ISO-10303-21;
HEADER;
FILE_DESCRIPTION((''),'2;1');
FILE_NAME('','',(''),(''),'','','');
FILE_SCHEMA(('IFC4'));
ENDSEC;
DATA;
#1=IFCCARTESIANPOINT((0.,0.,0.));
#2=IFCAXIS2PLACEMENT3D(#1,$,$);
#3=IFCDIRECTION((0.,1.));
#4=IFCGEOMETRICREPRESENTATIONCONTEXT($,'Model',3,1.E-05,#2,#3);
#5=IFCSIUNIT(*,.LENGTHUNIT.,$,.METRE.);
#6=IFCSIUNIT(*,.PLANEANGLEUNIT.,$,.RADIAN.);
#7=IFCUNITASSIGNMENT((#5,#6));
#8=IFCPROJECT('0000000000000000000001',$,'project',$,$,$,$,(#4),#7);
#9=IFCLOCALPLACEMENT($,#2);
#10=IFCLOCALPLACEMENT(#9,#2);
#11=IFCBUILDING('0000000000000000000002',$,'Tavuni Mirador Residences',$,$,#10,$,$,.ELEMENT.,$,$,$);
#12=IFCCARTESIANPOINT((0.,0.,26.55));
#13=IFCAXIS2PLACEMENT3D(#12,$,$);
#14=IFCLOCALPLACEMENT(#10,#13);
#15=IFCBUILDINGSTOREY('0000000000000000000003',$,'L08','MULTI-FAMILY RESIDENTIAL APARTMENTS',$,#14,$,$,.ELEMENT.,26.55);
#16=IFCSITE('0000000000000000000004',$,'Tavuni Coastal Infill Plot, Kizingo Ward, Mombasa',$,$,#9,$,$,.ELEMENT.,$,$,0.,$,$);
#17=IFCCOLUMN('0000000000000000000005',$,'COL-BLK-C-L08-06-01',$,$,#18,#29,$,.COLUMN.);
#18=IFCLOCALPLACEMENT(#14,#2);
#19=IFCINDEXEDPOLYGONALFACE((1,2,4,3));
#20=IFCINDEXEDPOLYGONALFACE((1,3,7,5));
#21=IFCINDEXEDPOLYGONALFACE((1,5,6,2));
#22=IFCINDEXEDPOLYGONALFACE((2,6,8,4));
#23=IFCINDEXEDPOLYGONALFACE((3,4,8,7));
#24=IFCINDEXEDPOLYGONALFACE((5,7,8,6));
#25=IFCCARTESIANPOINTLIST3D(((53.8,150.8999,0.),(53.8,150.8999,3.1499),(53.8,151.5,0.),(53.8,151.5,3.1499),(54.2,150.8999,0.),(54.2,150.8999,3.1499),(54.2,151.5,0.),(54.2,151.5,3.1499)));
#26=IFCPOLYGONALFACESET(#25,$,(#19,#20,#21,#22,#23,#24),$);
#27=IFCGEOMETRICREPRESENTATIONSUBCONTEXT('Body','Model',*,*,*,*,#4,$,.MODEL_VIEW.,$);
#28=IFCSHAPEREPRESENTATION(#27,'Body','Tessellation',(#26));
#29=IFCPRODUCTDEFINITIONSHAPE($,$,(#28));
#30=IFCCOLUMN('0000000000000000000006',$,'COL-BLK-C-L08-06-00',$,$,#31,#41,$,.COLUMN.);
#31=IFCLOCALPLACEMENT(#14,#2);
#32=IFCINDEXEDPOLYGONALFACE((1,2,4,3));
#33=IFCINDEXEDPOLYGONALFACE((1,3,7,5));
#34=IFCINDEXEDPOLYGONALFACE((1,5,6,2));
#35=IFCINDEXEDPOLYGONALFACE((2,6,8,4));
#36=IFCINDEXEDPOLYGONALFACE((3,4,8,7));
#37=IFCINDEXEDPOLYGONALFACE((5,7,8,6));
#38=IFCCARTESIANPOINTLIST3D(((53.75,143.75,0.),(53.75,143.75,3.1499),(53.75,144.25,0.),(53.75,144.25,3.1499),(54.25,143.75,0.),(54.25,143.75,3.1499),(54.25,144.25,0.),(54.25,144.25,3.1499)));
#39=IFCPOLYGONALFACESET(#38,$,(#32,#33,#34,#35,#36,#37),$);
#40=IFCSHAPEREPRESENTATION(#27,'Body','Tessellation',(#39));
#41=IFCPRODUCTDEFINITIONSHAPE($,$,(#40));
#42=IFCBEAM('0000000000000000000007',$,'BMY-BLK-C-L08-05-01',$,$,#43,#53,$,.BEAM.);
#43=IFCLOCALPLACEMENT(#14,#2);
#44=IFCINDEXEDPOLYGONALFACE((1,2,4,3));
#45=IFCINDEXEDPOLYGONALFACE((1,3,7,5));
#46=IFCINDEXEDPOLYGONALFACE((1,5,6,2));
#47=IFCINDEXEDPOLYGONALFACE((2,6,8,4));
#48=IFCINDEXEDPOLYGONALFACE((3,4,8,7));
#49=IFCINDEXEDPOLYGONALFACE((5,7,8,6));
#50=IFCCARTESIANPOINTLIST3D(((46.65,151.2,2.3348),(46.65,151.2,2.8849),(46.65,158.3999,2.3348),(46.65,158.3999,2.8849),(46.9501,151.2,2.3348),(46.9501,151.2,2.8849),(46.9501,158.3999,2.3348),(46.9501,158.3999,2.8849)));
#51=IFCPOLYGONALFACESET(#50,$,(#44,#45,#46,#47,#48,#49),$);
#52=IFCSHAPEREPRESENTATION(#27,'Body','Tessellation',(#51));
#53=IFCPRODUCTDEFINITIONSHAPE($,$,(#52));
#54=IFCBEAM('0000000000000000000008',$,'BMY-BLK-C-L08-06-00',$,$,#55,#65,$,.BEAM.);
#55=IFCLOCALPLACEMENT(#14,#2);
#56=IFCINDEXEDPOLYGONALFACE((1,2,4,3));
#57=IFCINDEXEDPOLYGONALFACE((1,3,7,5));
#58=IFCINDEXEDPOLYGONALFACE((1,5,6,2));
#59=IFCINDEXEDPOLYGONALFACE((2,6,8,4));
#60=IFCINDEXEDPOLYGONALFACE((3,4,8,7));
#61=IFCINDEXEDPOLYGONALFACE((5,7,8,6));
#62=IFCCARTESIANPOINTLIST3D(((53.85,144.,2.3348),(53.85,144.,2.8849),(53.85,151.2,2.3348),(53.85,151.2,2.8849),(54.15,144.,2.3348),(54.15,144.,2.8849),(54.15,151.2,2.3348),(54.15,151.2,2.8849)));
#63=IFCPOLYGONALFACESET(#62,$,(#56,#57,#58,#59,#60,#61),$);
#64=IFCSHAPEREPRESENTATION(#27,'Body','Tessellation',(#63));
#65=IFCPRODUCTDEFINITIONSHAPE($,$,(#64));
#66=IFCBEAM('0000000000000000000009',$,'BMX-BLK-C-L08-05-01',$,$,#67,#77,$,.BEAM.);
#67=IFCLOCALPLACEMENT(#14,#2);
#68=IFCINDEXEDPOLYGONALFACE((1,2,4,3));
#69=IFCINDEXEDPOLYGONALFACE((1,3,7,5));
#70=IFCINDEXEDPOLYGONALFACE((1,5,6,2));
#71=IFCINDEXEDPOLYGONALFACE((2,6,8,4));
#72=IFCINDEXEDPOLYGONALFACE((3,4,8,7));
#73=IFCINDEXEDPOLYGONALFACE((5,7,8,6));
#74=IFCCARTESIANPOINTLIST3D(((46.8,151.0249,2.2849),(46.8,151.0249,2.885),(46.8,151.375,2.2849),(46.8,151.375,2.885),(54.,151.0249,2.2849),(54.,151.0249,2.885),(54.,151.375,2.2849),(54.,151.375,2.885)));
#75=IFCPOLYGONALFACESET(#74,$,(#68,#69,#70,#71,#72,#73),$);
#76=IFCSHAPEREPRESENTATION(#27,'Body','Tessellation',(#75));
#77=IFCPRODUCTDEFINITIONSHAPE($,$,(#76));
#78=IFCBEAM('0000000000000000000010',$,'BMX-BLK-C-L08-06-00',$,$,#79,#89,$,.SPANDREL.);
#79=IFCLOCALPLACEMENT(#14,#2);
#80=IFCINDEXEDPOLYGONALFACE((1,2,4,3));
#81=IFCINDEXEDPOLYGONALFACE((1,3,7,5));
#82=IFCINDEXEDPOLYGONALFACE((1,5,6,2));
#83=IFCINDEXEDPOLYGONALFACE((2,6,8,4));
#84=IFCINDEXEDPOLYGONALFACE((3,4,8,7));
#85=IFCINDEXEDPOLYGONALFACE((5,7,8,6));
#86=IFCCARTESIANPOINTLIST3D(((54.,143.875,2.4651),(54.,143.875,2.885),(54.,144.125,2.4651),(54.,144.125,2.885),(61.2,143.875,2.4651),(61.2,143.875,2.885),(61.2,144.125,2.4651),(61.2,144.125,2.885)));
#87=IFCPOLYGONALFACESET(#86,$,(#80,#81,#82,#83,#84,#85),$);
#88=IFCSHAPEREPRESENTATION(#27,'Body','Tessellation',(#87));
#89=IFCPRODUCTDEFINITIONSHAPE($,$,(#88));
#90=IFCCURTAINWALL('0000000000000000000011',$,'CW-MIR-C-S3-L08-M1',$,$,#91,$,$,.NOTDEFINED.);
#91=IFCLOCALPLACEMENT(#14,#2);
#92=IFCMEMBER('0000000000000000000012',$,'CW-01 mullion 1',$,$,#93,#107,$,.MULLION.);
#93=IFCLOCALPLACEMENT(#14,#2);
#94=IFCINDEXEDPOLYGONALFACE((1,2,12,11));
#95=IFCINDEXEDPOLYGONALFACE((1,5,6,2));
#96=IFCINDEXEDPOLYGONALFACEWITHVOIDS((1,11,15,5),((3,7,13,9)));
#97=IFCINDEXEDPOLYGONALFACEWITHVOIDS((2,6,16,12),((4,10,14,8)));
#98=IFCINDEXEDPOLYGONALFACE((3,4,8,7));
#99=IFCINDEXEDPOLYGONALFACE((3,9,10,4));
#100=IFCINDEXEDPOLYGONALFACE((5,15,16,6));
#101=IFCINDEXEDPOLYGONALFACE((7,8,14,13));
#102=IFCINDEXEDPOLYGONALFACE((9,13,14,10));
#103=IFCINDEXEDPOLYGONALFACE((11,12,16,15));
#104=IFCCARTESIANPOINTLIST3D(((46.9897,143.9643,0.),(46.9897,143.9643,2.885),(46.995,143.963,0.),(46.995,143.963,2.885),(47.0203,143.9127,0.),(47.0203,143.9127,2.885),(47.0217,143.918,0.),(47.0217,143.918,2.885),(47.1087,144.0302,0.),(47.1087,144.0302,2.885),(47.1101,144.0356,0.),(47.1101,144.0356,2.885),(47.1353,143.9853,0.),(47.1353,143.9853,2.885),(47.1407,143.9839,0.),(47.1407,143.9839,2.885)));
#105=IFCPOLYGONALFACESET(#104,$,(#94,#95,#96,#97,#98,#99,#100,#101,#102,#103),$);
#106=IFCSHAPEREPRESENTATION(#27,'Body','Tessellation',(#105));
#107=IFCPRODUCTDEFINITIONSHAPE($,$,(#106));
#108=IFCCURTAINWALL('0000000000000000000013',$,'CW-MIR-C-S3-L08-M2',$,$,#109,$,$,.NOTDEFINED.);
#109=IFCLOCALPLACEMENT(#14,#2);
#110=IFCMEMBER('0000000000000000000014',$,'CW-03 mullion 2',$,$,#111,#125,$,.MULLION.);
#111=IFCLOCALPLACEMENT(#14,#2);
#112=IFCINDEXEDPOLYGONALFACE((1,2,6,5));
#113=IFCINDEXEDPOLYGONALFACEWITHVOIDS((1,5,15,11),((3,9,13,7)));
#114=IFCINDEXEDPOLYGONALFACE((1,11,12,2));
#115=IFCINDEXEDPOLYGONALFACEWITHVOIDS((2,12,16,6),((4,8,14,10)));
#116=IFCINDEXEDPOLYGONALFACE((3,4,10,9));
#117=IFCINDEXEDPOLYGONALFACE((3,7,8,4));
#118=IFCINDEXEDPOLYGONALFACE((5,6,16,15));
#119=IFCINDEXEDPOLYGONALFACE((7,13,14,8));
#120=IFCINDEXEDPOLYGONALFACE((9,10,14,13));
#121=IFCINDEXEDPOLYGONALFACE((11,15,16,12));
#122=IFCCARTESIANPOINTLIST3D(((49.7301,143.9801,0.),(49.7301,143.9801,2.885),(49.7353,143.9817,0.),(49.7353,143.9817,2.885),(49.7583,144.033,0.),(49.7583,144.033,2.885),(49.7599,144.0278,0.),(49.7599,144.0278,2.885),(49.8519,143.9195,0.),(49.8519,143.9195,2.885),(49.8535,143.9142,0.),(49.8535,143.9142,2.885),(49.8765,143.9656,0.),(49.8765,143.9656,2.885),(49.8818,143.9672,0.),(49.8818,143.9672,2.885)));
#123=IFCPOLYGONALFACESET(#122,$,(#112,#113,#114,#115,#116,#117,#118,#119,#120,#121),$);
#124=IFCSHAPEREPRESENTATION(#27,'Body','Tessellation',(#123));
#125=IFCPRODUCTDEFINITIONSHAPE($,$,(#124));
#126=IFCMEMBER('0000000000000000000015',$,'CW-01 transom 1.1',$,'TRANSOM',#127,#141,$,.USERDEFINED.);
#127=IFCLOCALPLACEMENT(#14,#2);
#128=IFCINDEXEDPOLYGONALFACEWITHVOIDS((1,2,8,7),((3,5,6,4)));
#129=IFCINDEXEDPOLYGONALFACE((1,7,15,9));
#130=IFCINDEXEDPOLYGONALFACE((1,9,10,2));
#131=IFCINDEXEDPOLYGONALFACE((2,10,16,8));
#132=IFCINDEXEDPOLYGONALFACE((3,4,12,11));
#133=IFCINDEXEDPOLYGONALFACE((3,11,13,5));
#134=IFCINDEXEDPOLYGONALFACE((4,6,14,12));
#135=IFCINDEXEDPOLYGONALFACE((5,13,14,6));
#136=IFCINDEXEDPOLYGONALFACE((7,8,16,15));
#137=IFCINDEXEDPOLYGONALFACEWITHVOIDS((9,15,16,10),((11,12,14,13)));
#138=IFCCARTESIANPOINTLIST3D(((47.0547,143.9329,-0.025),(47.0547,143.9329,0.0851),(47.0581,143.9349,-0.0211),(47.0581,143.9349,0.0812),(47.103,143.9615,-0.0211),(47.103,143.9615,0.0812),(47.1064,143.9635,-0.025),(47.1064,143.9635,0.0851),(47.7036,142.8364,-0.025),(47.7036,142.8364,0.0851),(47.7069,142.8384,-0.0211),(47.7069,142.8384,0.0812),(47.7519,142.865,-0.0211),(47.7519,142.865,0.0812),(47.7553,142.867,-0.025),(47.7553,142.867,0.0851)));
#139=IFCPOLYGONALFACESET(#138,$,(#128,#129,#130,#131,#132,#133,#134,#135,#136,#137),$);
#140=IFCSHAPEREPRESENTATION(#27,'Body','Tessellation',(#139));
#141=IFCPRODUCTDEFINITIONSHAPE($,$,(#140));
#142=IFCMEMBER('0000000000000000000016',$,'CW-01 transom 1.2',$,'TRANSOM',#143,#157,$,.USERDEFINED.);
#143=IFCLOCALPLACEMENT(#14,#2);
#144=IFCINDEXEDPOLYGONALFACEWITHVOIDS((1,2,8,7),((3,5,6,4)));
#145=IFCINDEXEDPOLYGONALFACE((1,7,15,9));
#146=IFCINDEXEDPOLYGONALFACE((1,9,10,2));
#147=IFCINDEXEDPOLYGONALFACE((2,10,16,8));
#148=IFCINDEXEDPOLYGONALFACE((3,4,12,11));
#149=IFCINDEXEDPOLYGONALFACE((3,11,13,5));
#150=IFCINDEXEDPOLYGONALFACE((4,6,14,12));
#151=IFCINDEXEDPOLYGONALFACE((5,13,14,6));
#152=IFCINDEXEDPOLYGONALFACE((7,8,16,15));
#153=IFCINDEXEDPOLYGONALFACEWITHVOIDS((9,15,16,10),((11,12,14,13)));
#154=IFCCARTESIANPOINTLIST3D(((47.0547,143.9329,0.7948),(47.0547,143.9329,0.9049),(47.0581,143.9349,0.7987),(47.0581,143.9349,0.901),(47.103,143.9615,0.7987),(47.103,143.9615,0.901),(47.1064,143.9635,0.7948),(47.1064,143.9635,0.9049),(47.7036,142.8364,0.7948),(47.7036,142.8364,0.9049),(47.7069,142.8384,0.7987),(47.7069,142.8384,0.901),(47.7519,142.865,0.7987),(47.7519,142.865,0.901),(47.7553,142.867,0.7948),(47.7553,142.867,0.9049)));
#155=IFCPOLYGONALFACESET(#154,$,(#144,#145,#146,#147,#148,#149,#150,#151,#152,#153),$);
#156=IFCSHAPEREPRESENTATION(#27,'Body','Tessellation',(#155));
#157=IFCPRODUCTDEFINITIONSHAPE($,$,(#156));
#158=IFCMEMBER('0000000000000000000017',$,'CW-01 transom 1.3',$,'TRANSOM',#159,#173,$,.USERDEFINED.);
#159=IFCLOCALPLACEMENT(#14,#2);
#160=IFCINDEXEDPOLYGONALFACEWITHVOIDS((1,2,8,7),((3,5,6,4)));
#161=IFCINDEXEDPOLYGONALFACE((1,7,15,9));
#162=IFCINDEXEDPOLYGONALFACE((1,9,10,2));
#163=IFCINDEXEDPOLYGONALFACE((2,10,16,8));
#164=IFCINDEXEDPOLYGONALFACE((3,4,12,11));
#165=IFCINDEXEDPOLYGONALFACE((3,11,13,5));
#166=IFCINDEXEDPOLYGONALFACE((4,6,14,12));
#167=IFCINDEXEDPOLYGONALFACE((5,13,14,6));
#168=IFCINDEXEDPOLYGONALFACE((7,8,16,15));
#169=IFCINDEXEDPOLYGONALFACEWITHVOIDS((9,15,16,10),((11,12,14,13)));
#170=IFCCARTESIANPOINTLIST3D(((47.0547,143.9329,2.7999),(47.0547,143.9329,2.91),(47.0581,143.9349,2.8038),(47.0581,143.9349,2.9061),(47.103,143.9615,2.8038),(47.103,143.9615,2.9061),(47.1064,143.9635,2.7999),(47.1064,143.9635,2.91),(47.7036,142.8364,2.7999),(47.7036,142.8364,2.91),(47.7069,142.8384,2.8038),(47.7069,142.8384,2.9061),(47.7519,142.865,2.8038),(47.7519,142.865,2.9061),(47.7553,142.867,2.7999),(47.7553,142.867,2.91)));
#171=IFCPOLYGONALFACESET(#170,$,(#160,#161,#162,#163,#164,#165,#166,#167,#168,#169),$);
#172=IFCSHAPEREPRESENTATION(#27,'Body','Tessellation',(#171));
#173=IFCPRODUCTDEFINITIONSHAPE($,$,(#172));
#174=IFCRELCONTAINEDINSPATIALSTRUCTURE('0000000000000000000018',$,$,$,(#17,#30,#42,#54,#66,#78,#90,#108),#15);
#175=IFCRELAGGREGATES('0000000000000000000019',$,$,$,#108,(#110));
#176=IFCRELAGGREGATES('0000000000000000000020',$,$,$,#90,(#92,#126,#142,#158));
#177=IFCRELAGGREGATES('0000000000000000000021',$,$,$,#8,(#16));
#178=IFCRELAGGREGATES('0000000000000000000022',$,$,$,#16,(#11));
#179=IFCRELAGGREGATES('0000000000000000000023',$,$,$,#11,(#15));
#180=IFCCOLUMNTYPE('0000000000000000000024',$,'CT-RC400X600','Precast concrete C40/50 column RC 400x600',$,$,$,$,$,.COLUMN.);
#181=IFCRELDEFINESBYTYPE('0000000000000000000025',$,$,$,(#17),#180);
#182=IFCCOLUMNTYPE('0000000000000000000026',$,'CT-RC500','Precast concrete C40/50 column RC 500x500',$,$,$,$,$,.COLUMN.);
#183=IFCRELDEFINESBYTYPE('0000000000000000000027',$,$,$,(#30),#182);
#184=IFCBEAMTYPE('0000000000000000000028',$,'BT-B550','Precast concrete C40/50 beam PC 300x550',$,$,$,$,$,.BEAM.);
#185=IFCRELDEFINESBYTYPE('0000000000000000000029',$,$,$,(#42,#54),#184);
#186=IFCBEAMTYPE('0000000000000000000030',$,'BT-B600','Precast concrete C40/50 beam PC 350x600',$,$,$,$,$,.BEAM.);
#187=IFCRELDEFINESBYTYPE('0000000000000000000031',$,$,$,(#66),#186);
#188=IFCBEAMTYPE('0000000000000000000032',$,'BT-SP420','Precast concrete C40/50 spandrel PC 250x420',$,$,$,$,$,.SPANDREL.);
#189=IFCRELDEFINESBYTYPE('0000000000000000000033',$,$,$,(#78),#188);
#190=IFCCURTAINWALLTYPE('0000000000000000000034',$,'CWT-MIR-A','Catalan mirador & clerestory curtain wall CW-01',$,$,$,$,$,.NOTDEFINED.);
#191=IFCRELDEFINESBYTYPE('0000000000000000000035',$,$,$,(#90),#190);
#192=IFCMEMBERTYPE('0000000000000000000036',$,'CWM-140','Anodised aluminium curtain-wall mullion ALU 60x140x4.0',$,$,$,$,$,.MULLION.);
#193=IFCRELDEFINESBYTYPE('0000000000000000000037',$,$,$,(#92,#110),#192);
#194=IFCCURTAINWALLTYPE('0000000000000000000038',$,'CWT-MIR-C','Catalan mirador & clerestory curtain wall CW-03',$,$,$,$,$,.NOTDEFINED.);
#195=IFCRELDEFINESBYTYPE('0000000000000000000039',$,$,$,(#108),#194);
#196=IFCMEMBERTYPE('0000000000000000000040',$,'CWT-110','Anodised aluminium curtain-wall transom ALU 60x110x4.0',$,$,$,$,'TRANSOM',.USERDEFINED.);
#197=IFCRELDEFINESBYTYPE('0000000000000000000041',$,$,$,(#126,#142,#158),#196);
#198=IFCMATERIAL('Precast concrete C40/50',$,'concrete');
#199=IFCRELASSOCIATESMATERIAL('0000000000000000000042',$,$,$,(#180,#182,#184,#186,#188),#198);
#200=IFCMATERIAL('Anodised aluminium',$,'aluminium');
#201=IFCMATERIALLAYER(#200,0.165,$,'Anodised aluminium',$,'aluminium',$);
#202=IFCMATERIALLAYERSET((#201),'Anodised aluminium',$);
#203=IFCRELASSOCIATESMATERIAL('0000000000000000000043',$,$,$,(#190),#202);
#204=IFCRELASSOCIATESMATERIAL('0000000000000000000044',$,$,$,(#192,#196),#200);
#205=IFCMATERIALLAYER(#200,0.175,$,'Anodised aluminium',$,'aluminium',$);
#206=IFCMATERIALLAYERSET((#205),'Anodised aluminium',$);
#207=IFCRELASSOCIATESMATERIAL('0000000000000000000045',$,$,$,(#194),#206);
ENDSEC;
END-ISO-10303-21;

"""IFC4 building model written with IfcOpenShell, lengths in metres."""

from ifc_helpers import new_model, si_unit, direction, frame, origin, origin_2d, place, context, subcontext, project, spatial, rectangle, hollow_rectangle, extrude, material, layer, layer_set, material_profile, profile_set, type_object, element, aggregate, save


model = new_model("IFC4")

# Units and contexts
model_context = context("Model", 3, precision=1e-05, world=origin(), true_north=direction((0.0, 1.0)))
body_context = subcontext(model_context, "Body", "Model", "MODEL_VIEW")
ifc_project = project(units=[si_unit("LENGTHUNIT", "METRE"), si_unit("PLANEANGLEUNIT", "RADIAN")], contexts=[model_context])

# Site, building, storey
site_placement = place(None, origin())
site = spatial("IfcSite", under=ifc_project, at=site_placement, Name="Tavuni Coastal Infill Plot, Kizingo Ward, Mombasa", CompositionType="ELEMENT", RefElevation=0.0)
building_placement = place(site_placement, origin())
building = spatial("IfcBuilding", under=site, at=building_placement, Name="Tavuni Mirador Residences", CompositionType="ELEMENT")
storey_placement = place(building_placement, frame((0.0, 0.0, 26.55)))
storey = spatial("IfcBuildingStorey", under=building, at=storey_placement, Name="L08", Description="MULTI-FAMILY RESIDENTIAL APARTMENTS", CompositionType="ELEMENT", Elevation=26.55)

# Columns
ifc_material_1 = material(Name="Precast concrete C40/50", Category="concrete")
ifc_material_profile_1 = material_profile(ifc_material_1, rectangle(XDim=0.3999, YDim=0.6001, at=origin_2d()), Name="RC 400x600", Category="concrete")
ifc_profile_set_1 = profile_set([ifc_material_profile_1], Name="Precast concrete C40/50")
column_type_1 = type_object("IfcColumnType", Name="CT-RC400X600", Description="Precast concrete C40/50 column RC 400x600", PredefinedType="COLUMN", material=ifc_profile_set_1)
column_1_placement = place(storey_placement, frame((54.0, 151.2, 0.0), z_axis=(0.0, 0.0, 1.0), x_axis=(1.0, 0.0, 0.0)))
element("IfcColumn", 1, at=column_1_placement, inside=storey, type_object=column_type_1, Name="COL-BLK-C-L08-06-01", PredefinedType="COLUMN", context=body_context, shape_type="SweptSolid", body=[
    extrude(rectangle(XDim=0.3999, YDim=0.6001, at=origin_2d()), origin(), (0.0, 0.0, 1.0), 3.1499),
])
ifc_material_profile_2 = material_profile(ifc_material_1, rectangle(XDim=0.5, YDim=0.5, at=origin_2d()), Name="RC 500x500", Category="concrete")
ifc_profile_set_2 = profile_set([ifc_material_profile_2], Name="Precast concrete C40/50")
column_type_2 = type_object("IfcColumnType", Name="CT-RC500", Description="Precast concrete C40/50 column RC 500x500", PredefinedType="COLUMN", material=ifc_profile_set_2)
column_2_placement = place(storey_placement, frame((54.0, 144.0, 0.0), z_axis=(0.0, 0.0, 1.0), x_axis=(1.0, 0.0, 0.0)))
element("IfcColumn", 2, at=column_2_placement, inside=storey, type_object=column_type_2, Name="COL-BLK-C-L08-06-00", PredefinedType="COLUMN", context=body_context, shape_type="SweptSolid", body=[
    extrude(rectangle(XDim=0.5, YDim=0.5, at=origin_2d()), origin(), (0.0, 0.0, 1.0), 3.1499),
])

# Beams
ifc_material_profile_3 = material_profile(ifc_material_1, rectangle(XDim=0.3, YDim=0.55, at=origin_2d()), Name="PC 300x550", Category="concrete")
ifc_profile_set_3 = profile_set([ifc_material_profile_3], Name="Precast concrete C40/50")
beam_type_1 = type_object("IfcBeamType", Name="BT-B550", Description="Precast concrete C40/50 beam PC 300x550", PredefinedType="BEAM", material=ifc_profile_set_3)
for number, where, z_axis, x_axis, name in (
    (3, (46.8, 151.2, 2.6099), (0.0, 1.0, 0.0), (-1.0, 0.0, 0.0), "BMY-BLK-C-L08-05-01"),
    (4, (54.0, 144.0, 2.6099), (0.0, 1.0, 0.0), (-1.0, 0.0, 0.0), "BMY-BLK-C-L08-06-00"),
):
    element("IfcBeam", number, at=place(storey_placement, frame(where, z_axis=z_axis, x_axis=x_axis)), inside=storey, type_object=beam_type_1, Name=name, PredefinedType="BEAM", context=body_context, shape_type="SweptSolid", body=[
        extrude(rectangle(XDim=0.3, YDim=0.55, at=origin_2d()), origin(), (0.0, 0.0, 1.0), 7.2),
    ])
ifc_material_profile_4 = material_profile(ifc_material_1, rectangle(XDim=0.3501, YDim=0.6001, at=origin_2d()), Name="PC 350x600", Category="concrete")
ifc_profile_set_4 = profile_set([ifc_material_profile_4], Name="Precast concrete C40/50")
beam_type_2 = type_object("IfcBeamType", Name="BT-B600", Description="Precast concrete C40/50 beam PC 350x600", PredefinedType="BEAM", material=ifc_profile_set_4)
beam_1_placement = place(storey_placement, frame((46.8, 151.2, 2.585), z_axis=(1.0, 0.0, 0.0), x_axis=(0.0, 1.0, 0.0)))
element("IfcBeam", 5, at=beam_1_placement, inside=storey, type_object=beam_type_2, Name="BMX-BLK-C-L08-05-01", PredefinedType="BEAM", context=body_context, shape_type="SweptSolid", body=[
    extrude(rectangle(XDim=0.3501, YDim=0.6001, at=origin_2d()), origin(), (0.0, 0.0, 1.0), 7.2),
])
ifc_material_profile_5 = material_profile(ifc_material_1, rectangle(XDim=0.25, YDim=0.4199, at=origin_2d()), Name="PC 250x420", Category="concrete")
ifc_profile_set_5 = profile_set([ifc_material_profile_5], Name="Precast concrete C40/50")
beam_type_3 = type_object("IfcBeamType", Name="BT-SP420", Description="Precast concrete C40/50 spandrel PC 250x420", PredefinedType="SPANDREL", material=ifc_profile_set_5)
beam_2_placement = place(storey_placement, frame((54.0, 144.0, 2.675), z_axis=(1.0, 0.0, 0.0), x_axis=(0.0, 1.0, 0.0)))
element("IfcBeam", 6, at=beam_2_placement, inside=storey, type_object=beam_type_3, Name="BMX-BLK-C-L08-06-00", PredefinedType="SPANDREL", context=body_context, shape_type="SweptSolid", body=[
    extrude(rectangle(XDim=0.25, YDim=0.4199, at=origin_2d()), origin(), (0.0, 0.0, 1.0), 7.2),
])

# Curtain walls, members
ifc_material_2 = material(Name="Anodised aluminium", Category="aluminium")
ifc_layer_1 = layer(ifc_material_2, 0.165, Name="Anodised aluminium", Category="aluminium")
ifc_layer_set_1 = layer_set([ifc_layer_1], Name="Anodised aluminium")
curtain_wall_type_1 = type_object("IfcCurtainWallType", Name="CWT-MIR-A", Description="Catalan mirador & clerestory curtain wall CW-01", PredefinedType="NOTDEFINED", material=ifc_layer_set_1)
curtain_wall_1_placement = place(storey_placement, origin())
curtain_wall_1 = element("IfcCurtainWall", 7, at=curtain_wall_1_placement, inside=storey, type_object=curtain_wall_type_1, Name="CW-MIR-C-S3-L08-M1", PredefinedType="NOTDEFINED")
ifc_material_profile_6 = material_profile(ifc_material_2, hollow_rectangle(XDim=0.0601, YDim=0.1399, WallThickness=0.0039, at=origin_2d()), Name="ALU 60x140x4.0", Category="aluminium")
ifc_profile_set_6 = profile_set([ifc_material_profile_6], Name="Anodised aluminium")
member_type_1 = type_object("IfcMemberType", Name="CWM-140", Description="Anodised aluminium curtain-wall mullion ALU 60x140x4.0", PredefinedType="MULLION", material=ifc_profile_set_6)
member_1_placement = place(storey_placement, frame((47.0652, 143.9741, 0.0), z_axis=(0.0, 0.0, 1.0), x_axis=(0.509212, -0.860641, 0.0)))
member_1 = element("IfcMember", 8, at=member_1_placement, type_object=member_type_1, Name="CW-01 mullion 1", PredefinedType="MULLION", context=body_context, shape_type="SweptSolid", body=[
    extrude(hollow_rectangle(XDim=0.0601, YDim=0.1399, WallThickness=0.0039, at=origin_2d()), origin(), (0.0, 0.0, 1.0), 2.885),
])
ifc_layer_2 = layer(ifc_material_2, 0.175, Name="Anodised aluminium", Category="aluminium")
ifc_layer_set_2 = layer_set([ifc_layer_2], Name="Anodised aluminium")
curtain_wall_type_2 = type_object("IfcCurtainWallType", Name="CWT-MIR-C", Description="Catalan mirador & clerestory curtain wall CW-03", PredefinedType="NOTDEFINED", material=ifc_layer_set_2)
curtain_wall_2_placement = place(storey_placement, origin())
curtain_wall_2 = element("IfcCurtainWall", 9, at=curtain_wall_2_placement, inside=storey, type_object=curtain_wall_type_2, Name="CW-MIR-C-S3-L08-M2", PredefinedType="NOTDEFINED")
member_2_placement = place(storey_placement, frame((49.8059, 143.9736, 0.0), z_axis=(0.0, 0.0, 1.0), x_axis=(0.470588, 0.882353, 0.0)))
member_2 = element("IfcMember", 10, at=member_2_placement, type_object=member_type_1, Name="CW-03 mullion 2", PredefinedType="MULLION", context=body_context, shape_type="SweptSolid", body=[
    extrude(hollow_rectangle(XDim=0.0601, YDim=0.1399, WallThickness=0.0039, at=origin_2d()), origin(), (0.0, 0.0, 1.0), 2.885),
])
aggregate(curtain_wall_2, [member_2])

# Members
ifc_material_profile_7 = material_profile(ifc_material_2, hollow_rectangle(XDim=0.0601, YDim=0.1101, WallThickness=0.0039, at=origin_2d()), Name="ALU 60x110x4.0", Category="aluminium")
ifc_profile_set_7 = profile_set([ifc_material_profile_7], Name="Anodised aluminium")
member_type_2 = type_object("IfcMemberType", Name="CWT-110", Description="Anodised aluminium curtain-wall transom ALU 60x110x4.0", ElementType="TRANSOM", PredefinedType="USERDEFINED", material=ifc_profile_set_7)
member_3_placement = place(storey_placement, frame((47.0806, 143.9482, 0.03), z_axis=(0.509246, -0.860621, 0.0), x_axis=(0.860621, 0.509246, 0.0)))
member_3 = element("IfcMember", 11, at=member_3_placement, type_object=member_type_2, Name="CW-01 transom 1.1", ObjectType="TRANSOM", PredefinedType="USERDEFINED", context=body_context, shape_type="SweptSolid", body=[
    extrude(hollow_rectangle(XDim=0.0601, YDim=0.1101, WallThickness=0.0039, at=origin_2d()), origin(), (0.0, 0.0, 1.0), 1.2742),
])
member_4_placement = place(storey_placement, frame((47.0806, 143.9482, 0.8499), z_axis=(0.509246, -0.860621, 0.0), x_axis=(0.860621, 0.509246, 0.0)))
member_4 = element("IfcMember", 12, at=member_4_placement, type_object=member_type_2, Name="CW-01 transom 1.2", ObjectType="TRANSOM", PredefinedType="USERDEFINED", context=body_context, shape_type="SweptSolid", body=[
    extrude(hollow_rectangle(XDim=0.0601, YDim=0.1101, WallThickness=0.0039, at=origin_2d()), origin(), (0.0, 0.0, 1.0), 1.2742),
])
member_5_placement = place(storey_placement, frame((47.0806, 143.9482, 2.855), z_axis=(0.509246, -0.860621, 0.0), x_axis=(0.860621, 0.509246, 0.0)))
member_5 = element("IfcMember", 13, at=member_5_placement, type_object=member_type_2, Name="CW-01 transom 1.3", ObjectType="TRANSOM", PredefinedType="USERDEFINED", context=body_context, shape_type="SweptSolid", body=[
    extrude(hollow_rectangle(XDim=0.0601, YDim=0.1101, WallThickness=0.0039, at=origin_2d()), origin(), (0.0, 0.0, 1.0), 1.2742),
])
aggregate(curtain_wall_1, [member_1, member_3, member_4, member_5])

save(model, "model.ifc")
